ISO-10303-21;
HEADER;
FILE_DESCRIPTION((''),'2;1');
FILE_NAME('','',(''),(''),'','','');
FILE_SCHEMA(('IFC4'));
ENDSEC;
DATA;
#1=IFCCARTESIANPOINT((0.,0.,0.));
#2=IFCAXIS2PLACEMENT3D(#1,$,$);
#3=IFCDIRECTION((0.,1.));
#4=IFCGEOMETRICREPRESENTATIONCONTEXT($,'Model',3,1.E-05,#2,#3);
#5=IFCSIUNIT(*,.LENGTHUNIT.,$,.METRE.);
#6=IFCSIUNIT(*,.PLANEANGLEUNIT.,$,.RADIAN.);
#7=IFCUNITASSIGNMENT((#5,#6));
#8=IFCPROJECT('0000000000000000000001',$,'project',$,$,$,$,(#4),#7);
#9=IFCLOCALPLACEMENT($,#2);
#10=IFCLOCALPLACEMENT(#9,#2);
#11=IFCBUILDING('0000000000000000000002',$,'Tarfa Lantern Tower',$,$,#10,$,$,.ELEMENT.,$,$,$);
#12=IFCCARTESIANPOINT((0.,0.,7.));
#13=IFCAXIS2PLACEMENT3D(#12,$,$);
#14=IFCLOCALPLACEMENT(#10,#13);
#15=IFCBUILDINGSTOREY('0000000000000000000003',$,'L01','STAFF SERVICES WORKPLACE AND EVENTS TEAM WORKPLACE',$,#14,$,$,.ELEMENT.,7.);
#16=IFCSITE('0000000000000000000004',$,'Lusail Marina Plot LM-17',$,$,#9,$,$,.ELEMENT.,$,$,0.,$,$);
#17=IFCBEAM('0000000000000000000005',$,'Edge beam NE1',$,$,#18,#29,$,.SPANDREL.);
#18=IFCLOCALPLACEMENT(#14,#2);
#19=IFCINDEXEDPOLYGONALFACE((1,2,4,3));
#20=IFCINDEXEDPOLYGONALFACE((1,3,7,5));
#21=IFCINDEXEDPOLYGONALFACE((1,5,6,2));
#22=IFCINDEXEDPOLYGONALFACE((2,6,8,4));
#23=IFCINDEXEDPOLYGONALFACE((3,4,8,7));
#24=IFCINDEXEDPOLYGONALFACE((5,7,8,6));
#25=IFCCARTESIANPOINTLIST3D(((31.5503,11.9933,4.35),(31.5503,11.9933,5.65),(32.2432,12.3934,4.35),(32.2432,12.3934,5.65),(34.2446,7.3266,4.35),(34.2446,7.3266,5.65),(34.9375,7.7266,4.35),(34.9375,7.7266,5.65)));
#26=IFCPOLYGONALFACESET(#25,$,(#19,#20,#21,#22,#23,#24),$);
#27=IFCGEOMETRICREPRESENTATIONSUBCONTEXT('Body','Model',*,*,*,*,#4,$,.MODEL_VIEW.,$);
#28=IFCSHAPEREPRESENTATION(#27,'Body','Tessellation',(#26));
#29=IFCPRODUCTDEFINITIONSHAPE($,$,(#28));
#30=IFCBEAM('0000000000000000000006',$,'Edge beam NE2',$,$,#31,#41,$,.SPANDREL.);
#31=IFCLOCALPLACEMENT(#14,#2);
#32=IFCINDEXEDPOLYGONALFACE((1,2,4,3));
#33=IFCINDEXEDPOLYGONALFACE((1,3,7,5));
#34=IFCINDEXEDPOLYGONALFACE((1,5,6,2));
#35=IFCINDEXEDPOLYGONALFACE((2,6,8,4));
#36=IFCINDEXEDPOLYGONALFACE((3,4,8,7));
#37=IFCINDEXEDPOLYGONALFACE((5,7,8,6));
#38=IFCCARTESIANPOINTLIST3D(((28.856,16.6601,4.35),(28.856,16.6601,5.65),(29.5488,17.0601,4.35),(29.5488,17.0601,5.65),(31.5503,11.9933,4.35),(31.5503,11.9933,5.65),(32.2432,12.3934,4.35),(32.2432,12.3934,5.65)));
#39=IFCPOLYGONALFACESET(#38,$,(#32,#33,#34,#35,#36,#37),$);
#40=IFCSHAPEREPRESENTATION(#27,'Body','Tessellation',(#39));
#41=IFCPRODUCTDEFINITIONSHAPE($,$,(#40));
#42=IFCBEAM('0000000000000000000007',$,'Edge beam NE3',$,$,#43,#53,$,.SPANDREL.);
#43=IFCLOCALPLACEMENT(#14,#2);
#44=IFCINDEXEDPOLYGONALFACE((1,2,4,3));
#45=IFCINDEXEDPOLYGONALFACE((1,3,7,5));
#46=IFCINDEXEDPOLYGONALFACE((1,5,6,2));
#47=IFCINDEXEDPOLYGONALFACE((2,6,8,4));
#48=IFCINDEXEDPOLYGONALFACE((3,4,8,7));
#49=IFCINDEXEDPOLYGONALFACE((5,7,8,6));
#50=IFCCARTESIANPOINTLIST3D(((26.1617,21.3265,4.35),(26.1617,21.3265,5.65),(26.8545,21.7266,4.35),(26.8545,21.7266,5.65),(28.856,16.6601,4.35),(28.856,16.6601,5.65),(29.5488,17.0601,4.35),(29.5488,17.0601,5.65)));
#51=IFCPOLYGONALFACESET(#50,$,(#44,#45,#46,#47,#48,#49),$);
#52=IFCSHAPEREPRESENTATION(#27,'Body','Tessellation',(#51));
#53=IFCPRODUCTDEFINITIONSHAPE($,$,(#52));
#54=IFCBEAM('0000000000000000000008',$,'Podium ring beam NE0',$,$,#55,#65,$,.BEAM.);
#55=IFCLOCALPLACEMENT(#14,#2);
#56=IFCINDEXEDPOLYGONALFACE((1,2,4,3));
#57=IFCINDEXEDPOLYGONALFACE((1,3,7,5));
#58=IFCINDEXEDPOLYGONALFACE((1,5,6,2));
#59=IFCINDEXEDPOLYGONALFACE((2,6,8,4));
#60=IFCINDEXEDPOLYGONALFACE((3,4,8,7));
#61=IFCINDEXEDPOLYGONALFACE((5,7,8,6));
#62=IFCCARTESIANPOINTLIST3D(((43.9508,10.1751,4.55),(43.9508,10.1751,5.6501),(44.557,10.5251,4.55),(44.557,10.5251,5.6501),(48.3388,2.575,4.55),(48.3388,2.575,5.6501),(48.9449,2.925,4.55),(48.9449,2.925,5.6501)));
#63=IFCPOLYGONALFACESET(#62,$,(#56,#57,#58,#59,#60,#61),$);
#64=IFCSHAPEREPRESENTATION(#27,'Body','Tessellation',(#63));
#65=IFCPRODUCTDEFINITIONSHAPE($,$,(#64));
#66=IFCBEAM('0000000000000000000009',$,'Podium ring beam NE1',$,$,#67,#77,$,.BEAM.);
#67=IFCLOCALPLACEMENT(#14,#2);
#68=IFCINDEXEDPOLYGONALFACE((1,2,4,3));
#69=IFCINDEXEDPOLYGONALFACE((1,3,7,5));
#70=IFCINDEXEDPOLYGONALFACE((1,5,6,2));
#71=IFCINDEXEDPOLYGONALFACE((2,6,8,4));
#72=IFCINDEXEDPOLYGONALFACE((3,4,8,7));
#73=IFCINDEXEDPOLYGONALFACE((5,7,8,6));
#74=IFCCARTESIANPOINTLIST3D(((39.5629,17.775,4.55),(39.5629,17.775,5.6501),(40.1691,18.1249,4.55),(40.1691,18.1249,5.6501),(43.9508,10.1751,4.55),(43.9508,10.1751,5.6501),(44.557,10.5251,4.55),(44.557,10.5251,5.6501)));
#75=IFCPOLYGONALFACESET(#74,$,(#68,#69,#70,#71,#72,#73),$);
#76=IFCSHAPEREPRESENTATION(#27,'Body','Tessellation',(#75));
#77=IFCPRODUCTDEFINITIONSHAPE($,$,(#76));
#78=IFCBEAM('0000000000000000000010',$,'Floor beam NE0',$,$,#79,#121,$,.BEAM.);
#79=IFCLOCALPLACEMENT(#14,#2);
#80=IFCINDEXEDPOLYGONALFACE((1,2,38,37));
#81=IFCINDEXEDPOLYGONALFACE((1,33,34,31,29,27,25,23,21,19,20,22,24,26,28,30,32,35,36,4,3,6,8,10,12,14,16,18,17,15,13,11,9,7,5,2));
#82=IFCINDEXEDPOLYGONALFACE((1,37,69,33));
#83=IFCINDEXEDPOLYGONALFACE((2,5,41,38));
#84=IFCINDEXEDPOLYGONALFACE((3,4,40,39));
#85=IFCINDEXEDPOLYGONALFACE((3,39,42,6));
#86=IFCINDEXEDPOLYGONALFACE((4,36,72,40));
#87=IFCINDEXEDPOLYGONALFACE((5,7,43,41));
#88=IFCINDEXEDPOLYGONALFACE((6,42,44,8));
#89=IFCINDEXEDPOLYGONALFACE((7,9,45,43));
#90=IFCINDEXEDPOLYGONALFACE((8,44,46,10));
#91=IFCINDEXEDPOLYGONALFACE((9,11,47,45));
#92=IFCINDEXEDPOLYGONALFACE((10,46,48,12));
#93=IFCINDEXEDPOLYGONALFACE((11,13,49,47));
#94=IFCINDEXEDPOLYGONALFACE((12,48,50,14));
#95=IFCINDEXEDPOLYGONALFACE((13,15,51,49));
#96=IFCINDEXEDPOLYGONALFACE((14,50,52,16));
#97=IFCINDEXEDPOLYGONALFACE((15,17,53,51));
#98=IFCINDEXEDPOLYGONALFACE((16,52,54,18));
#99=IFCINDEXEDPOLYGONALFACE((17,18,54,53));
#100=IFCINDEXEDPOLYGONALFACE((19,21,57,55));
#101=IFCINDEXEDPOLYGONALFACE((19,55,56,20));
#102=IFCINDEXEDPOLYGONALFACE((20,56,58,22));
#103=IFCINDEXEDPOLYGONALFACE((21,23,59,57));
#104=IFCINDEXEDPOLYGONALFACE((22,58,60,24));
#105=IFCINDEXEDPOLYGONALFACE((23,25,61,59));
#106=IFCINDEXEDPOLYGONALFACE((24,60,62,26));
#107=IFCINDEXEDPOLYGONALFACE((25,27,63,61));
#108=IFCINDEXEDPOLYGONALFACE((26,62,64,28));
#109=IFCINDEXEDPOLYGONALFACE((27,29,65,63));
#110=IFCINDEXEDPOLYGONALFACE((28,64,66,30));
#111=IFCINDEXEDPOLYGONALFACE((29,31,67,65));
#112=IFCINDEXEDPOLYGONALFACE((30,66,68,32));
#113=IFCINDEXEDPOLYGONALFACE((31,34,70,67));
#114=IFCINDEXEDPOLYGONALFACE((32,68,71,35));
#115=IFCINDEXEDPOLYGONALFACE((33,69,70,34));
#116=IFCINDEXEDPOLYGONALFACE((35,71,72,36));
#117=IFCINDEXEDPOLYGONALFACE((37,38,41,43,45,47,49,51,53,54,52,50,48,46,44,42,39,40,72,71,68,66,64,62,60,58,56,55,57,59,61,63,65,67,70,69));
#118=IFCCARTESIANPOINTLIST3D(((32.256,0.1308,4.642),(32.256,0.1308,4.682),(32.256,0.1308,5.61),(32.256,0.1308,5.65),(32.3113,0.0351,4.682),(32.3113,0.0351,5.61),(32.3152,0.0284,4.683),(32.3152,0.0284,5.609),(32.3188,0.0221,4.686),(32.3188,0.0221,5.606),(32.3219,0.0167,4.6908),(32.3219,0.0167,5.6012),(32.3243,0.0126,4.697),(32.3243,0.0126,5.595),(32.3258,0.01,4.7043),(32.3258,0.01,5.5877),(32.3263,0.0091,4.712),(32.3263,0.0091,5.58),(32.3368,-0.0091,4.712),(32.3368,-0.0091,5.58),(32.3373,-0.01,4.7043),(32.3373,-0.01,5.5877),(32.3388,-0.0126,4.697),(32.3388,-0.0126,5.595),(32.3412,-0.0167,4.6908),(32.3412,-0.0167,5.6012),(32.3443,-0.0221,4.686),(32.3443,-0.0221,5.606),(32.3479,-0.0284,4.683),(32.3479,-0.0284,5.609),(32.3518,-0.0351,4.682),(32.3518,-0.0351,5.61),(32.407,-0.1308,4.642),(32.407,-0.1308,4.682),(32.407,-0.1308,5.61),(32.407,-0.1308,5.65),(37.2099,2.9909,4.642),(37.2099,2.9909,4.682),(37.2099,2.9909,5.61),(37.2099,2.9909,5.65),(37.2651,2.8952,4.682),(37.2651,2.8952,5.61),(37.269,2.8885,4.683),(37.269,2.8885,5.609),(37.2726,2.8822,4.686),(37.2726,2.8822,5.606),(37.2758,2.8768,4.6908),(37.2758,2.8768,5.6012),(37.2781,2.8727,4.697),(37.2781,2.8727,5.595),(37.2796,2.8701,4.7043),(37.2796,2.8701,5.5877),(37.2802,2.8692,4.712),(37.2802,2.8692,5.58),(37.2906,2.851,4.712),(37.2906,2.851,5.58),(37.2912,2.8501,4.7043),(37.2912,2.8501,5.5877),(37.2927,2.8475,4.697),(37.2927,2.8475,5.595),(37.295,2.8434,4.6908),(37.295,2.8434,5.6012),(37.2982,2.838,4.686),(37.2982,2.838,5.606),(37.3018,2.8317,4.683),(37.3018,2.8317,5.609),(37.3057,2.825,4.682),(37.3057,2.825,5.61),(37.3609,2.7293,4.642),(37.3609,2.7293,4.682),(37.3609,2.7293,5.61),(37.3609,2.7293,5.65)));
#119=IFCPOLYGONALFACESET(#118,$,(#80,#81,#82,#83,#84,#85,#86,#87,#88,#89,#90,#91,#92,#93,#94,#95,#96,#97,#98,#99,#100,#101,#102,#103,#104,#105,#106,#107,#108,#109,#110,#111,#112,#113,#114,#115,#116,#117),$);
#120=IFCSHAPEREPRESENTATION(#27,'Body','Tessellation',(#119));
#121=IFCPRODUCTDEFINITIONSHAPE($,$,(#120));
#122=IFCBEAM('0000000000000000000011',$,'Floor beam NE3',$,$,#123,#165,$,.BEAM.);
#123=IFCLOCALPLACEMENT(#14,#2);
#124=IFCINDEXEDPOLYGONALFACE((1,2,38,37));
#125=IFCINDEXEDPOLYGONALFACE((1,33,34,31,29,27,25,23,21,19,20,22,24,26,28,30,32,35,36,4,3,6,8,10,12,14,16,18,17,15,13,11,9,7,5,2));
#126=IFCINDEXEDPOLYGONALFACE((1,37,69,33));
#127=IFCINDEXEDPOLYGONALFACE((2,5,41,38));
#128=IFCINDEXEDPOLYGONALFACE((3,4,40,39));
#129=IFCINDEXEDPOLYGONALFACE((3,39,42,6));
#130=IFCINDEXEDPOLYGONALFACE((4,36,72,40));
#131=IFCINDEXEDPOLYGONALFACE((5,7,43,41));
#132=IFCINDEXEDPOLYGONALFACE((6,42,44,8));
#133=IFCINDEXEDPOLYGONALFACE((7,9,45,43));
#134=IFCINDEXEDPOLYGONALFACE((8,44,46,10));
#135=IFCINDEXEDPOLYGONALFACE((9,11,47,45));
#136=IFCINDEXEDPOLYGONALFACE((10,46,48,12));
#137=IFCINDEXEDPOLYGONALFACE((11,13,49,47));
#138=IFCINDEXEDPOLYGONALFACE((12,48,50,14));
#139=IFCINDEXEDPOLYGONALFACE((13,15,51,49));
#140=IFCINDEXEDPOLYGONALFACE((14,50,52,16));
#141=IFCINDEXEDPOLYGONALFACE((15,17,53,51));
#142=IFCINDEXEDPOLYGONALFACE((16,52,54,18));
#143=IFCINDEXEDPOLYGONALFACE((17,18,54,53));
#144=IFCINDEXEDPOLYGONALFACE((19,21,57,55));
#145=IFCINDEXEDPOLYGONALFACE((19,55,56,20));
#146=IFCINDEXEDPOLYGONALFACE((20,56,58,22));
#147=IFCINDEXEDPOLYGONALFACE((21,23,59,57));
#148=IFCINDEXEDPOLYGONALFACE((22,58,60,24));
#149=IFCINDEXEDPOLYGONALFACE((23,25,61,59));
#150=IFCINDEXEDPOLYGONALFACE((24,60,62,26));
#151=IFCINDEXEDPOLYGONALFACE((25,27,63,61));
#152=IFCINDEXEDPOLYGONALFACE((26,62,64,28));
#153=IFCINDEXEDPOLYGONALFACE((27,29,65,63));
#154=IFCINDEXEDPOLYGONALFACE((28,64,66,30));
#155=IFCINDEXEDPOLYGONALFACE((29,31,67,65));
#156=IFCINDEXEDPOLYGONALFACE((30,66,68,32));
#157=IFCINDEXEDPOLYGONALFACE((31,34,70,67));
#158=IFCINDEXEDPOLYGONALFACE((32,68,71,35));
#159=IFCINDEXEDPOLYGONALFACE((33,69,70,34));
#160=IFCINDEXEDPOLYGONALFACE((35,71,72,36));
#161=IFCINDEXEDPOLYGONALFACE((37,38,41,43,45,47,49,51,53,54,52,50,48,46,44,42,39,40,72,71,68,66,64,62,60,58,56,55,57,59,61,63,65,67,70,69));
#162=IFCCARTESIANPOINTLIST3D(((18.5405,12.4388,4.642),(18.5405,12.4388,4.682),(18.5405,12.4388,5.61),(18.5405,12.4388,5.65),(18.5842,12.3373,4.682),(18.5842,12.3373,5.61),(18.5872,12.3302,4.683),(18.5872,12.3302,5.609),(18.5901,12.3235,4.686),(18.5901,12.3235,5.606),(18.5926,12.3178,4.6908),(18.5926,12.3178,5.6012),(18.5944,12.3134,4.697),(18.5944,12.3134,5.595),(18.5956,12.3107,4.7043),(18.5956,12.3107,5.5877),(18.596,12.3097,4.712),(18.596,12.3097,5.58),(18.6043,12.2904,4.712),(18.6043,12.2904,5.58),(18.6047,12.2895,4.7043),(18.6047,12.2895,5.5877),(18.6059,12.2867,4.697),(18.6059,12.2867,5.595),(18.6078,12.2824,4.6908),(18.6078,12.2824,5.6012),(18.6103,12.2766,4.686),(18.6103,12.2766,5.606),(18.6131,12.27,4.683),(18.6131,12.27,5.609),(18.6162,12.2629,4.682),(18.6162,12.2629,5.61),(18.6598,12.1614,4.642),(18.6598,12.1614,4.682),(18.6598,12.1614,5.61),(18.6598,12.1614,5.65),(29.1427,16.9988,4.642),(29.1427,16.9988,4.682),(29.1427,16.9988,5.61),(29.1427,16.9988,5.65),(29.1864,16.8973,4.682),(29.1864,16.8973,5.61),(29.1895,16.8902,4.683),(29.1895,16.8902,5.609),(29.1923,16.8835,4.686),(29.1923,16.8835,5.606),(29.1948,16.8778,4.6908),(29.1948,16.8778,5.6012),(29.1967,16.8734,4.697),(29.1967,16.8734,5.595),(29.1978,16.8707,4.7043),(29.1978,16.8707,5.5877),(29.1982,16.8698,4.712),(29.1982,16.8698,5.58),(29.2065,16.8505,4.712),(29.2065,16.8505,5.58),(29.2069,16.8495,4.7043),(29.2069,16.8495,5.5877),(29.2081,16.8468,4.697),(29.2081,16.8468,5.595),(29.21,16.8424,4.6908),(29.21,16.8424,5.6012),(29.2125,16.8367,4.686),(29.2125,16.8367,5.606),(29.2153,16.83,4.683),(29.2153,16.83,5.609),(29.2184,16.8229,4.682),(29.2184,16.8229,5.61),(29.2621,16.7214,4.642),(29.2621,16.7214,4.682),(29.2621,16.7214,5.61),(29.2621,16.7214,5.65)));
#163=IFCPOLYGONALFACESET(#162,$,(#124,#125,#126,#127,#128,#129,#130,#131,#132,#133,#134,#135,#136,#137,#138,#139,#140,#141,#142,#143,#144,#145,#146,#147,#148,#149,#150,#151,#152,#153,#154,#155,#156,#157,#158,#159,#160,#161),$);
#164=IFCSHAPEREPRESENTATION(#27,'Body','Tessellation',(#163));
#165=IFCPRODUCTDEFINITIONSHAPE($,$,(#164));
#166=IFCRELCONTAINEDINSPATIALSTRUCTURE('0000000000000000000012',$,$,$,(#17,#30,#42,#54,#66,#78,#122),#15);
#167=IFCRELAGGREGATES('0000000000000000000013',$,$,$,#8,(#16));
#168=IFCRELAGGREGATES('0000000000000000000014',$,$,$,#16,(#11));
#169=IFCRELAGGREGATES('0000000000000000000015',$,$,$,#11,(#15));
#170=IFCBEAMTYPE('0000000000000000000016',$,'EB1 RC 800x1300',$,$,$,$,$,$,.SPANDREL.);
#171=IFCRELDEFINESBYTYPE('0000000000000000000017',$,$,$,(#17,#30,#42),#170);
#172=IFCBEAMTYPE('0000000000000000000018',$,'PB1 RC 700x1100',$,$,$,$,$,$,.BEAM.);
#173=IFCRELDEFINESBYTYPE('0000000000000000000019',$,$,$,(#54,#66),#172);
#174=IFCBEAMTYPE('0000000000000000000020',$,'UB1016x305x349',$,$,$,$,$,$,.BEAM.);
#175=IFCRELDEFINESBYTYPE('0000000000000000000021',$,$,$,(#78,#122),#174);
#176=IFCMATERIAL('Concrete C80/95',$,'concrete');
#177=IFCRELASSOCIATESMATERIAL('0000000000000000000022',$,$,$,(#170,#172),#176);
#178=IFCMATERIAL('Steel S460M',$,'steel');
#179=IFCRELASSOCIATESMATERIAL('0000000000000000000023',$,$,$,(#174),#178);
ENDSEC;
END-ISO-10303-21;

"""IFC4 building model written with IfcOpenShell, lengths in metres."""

from ifc_helpers import new_model, si_unit, direction, frame, origin, origin_2d, place, context, subcontext, project, spatial, rectangle, i_section, extrude, material, material_profile, profile_set, type_object, element, save


model = new_model("IFC4")

# Units and contexts
model_context = context("Model", 3, precision=1e-05, world=origin(), true_north=direction((0.0, 1.0)))
body_context = subcontext(model_context, "Body", "Model", "MODEL_VIEW")
ifc_project = project(units=[si_unit("LENGTHUNIT", "METRE"), si_unit("PLANEANGLEUNIT", "RADIAN")], contexts=[model_context])

# Site, building, storey
site_placement = place(None, origin())
site = spatial("IfcSite", under=ifc_project, at=site_placement, Name="Lusail Marina Plot LM-17", CompositionType="ELEMENT", RefElevation=0.0)
building_placement = place(site_placement, origin())
building = spatial("IfcBuilding", under=site, at=building_placement, Name="Tarfa Lantern Tower", CompositionType="ELEMENT")
storey_placement = place(building_placement, frame((0.0, 0.0, 7.0)))
storey = spatial("IfcBuildingStorey", under=building, at=storey_placement, Name="L01", Description="STAFF SERVICES WORKPLACE AND EVENTS TEAM WORKPLACE", CompositionType="ELEMENT", Elevation=7.0)

# Shared definitions
ifc_material_1 = material(Name="Concrete C80/95", Category="concrete")

# Beams
ifc_material_profile_1 = material_profile(ifc_material_1, rectangle(XDim=0.8, YDim=1.3, at=origin_2d()), Name="RC 800x1300")
ifc_profile_set_1 = profile_set([ifc_material_profile_1], Name="Concrete C80/95")
beam_type_1 = type_object("IfcBeamType", Name="EB1 RC 800x1300", PredefinedType="SPANDREL", material=ifc_profile_set_1)
for number, where, z_axis, x_axis, name in (
    (1, (34.5911, 7.5266, 5.0), (-0.499998, 0.866026, 0.0), (-0.866026, -0.499998, 0.0), "Edge beam NE1"),
    (2, (31.8967, 12.1934, 5.0), (-0.499998, 0.866026, 0.0), (-0.866026, -0.499998, 0.0), "Edge beam NE2"),
):
    element("IfcBeam", number, at=place(storey_placement, frame(where, z_axis=z_axis, x_axis=x_axis)), inside=storey, type_object=beam_type_1, Name=name, PredefinedType="SPANDREL", context=body_context, shape_type="SweptSolid", body=[
        extrude(rectangle(XDim=0.8, YDim=1.3, at=origin_2d()), origin(), (0.0, 0.0, 1.0), 5.3887),
    ])
beam_1_placement = place(storey_placement, frame((29.2024, 16.8601, 5.0), z_axis=(-0.500018, 0.866015, 0.0), x_axis=(-0.866015, -0.500018, 0.0)))
element("IfcBeam", 3, at=beam_1_placement, inside=storey, type_object=beam_type_1, Name="Edge beam NE3", PredefinedType="SPANDREL", context=body_context, shape_type="SweptSolid", body=[
    extrude(rectangle(XDim=0.8, YDim=1.3, at=origin_2d()), origin(), (0.0, 0.0, 1.0), 5.3884),
])
ifc_material_profile_2 = material_profile(ifc_material_1, rectangle(XDim=0.7, YDim=1.1001, at=origin_2d()), Name="RC 700x1100")
ifc_profile_set_2 = profile_set([ifc_material_profile_2], Name="Concrete C80/95")
beam_type_2 = type_object("IfcBeamType", Name="PB1 RC 700x1100", PredefinedType="BEAM", material=ifc_profile_set_2)
beam_2_placement = place(storey_placement, frame((48.6418, 2.75, 5.1001), z_axis=(-0.500002, 0.866024, 0.0), x_axis=(-0.866024, -0.500002, 0.0)))
element("IfcBeam", 4, at=beam_2_placement, inside=storey, type_object=beam_type_2, Name="Podium ring beam NE0", PredefinedType="BEAM", context=body_context, shape_type="SweptSolid", body=[
    extrude(rectangle(XDim=0.7, YDim=1.1001, at=origin_2d()), origin(), (0.0, 0.0, 1.0), 8.7759),
])
beam_3_placement = place(storey_placement, frame((44.2539, 10.3501, 5.1001), z_axis=(-0.500014, 0.866017, 0.0), x_axis=(-0.866017, -0.500014, 0.0)))
element("IfcBeam", 5, at=beam_3_placement, inside=storey, type_object=beam_type_2, Name="Podium ring beam NE1", PredefinedType="BEAM", context=body_context, shape_type="SweptSolid", body=[
    extrude(rectangle(XDim=0.7, YDim=1.1001, at=origin_2d()), origin(), (0.0, 0.0, 1.0), 8.7756),
])
ifc_material_2 = material(Name="Steel S460M", Category="steel")
ifc_material_profile_3 = material_profile(ifc_material_2, i_section(OverallWidth=0.302, OverallDepth=1.0081, WebThickness=0.021, FlangeThickness=0.04, FilletRadius=0.03, at=origin_2d()), Name="UB1016x305x349")
ifc_profile_set_3 = profile_set([ifc_material_profile_3], Name="Steel S460M")
beam_type_3 = type_object("IfcBeamType", Name="UB1016x305x349", PredefinedType="BEAM", material=ifc_profile_set_3)
beam_4_placement = place(storey_placement, frame((37.2854, 2.8601, 5.146), z_axis=(-0.866026, -0.5, 0.0), x_axis=(0.5, -0.866026, 0.0)))
element("IfcBeam", 6, at=beam_4_placement, inside=storey, type_object=beam_type_3, Name="Floor beam NE0", PredefinedType="BEAM", context=body_context, shape_type="SweptSolid", body=[
    extrude(i_section(OverallWidth=0.302, OverallDepth=1.0081, WebThickness=0.021, FlangeThickness=0.04, FilletRadius=0.03, at=origin_2d()), origin(), (0.0, 0.0, 1.0), 5.7202),
])
beam_5_placement = place(storey_placement, frame((29.2024, 16.8601, 5.146), z_axis=(-0.918635, -0.395106, 0.0), x_axis=(0.395106, -0.918635, 0.0)))
element("IfcBeam", 7, at=beam_5_placement, inside=storey, type_object=beam_type_3, Name="Floor beam NE3", PredefinedType="BEAM", context=body_context, shape_type="SweptSolid", body=[
    extrude(i_section(OverallWidth=0.302, OverallDepth=1.0081, WebThickness=0.021, FlangeThickness=0.04, FilletRadius=0.03, at=origin_2d()), origin(), (0.0, 0.0, 1.0), 11.5413),
])

save(model, "model.ifc")
